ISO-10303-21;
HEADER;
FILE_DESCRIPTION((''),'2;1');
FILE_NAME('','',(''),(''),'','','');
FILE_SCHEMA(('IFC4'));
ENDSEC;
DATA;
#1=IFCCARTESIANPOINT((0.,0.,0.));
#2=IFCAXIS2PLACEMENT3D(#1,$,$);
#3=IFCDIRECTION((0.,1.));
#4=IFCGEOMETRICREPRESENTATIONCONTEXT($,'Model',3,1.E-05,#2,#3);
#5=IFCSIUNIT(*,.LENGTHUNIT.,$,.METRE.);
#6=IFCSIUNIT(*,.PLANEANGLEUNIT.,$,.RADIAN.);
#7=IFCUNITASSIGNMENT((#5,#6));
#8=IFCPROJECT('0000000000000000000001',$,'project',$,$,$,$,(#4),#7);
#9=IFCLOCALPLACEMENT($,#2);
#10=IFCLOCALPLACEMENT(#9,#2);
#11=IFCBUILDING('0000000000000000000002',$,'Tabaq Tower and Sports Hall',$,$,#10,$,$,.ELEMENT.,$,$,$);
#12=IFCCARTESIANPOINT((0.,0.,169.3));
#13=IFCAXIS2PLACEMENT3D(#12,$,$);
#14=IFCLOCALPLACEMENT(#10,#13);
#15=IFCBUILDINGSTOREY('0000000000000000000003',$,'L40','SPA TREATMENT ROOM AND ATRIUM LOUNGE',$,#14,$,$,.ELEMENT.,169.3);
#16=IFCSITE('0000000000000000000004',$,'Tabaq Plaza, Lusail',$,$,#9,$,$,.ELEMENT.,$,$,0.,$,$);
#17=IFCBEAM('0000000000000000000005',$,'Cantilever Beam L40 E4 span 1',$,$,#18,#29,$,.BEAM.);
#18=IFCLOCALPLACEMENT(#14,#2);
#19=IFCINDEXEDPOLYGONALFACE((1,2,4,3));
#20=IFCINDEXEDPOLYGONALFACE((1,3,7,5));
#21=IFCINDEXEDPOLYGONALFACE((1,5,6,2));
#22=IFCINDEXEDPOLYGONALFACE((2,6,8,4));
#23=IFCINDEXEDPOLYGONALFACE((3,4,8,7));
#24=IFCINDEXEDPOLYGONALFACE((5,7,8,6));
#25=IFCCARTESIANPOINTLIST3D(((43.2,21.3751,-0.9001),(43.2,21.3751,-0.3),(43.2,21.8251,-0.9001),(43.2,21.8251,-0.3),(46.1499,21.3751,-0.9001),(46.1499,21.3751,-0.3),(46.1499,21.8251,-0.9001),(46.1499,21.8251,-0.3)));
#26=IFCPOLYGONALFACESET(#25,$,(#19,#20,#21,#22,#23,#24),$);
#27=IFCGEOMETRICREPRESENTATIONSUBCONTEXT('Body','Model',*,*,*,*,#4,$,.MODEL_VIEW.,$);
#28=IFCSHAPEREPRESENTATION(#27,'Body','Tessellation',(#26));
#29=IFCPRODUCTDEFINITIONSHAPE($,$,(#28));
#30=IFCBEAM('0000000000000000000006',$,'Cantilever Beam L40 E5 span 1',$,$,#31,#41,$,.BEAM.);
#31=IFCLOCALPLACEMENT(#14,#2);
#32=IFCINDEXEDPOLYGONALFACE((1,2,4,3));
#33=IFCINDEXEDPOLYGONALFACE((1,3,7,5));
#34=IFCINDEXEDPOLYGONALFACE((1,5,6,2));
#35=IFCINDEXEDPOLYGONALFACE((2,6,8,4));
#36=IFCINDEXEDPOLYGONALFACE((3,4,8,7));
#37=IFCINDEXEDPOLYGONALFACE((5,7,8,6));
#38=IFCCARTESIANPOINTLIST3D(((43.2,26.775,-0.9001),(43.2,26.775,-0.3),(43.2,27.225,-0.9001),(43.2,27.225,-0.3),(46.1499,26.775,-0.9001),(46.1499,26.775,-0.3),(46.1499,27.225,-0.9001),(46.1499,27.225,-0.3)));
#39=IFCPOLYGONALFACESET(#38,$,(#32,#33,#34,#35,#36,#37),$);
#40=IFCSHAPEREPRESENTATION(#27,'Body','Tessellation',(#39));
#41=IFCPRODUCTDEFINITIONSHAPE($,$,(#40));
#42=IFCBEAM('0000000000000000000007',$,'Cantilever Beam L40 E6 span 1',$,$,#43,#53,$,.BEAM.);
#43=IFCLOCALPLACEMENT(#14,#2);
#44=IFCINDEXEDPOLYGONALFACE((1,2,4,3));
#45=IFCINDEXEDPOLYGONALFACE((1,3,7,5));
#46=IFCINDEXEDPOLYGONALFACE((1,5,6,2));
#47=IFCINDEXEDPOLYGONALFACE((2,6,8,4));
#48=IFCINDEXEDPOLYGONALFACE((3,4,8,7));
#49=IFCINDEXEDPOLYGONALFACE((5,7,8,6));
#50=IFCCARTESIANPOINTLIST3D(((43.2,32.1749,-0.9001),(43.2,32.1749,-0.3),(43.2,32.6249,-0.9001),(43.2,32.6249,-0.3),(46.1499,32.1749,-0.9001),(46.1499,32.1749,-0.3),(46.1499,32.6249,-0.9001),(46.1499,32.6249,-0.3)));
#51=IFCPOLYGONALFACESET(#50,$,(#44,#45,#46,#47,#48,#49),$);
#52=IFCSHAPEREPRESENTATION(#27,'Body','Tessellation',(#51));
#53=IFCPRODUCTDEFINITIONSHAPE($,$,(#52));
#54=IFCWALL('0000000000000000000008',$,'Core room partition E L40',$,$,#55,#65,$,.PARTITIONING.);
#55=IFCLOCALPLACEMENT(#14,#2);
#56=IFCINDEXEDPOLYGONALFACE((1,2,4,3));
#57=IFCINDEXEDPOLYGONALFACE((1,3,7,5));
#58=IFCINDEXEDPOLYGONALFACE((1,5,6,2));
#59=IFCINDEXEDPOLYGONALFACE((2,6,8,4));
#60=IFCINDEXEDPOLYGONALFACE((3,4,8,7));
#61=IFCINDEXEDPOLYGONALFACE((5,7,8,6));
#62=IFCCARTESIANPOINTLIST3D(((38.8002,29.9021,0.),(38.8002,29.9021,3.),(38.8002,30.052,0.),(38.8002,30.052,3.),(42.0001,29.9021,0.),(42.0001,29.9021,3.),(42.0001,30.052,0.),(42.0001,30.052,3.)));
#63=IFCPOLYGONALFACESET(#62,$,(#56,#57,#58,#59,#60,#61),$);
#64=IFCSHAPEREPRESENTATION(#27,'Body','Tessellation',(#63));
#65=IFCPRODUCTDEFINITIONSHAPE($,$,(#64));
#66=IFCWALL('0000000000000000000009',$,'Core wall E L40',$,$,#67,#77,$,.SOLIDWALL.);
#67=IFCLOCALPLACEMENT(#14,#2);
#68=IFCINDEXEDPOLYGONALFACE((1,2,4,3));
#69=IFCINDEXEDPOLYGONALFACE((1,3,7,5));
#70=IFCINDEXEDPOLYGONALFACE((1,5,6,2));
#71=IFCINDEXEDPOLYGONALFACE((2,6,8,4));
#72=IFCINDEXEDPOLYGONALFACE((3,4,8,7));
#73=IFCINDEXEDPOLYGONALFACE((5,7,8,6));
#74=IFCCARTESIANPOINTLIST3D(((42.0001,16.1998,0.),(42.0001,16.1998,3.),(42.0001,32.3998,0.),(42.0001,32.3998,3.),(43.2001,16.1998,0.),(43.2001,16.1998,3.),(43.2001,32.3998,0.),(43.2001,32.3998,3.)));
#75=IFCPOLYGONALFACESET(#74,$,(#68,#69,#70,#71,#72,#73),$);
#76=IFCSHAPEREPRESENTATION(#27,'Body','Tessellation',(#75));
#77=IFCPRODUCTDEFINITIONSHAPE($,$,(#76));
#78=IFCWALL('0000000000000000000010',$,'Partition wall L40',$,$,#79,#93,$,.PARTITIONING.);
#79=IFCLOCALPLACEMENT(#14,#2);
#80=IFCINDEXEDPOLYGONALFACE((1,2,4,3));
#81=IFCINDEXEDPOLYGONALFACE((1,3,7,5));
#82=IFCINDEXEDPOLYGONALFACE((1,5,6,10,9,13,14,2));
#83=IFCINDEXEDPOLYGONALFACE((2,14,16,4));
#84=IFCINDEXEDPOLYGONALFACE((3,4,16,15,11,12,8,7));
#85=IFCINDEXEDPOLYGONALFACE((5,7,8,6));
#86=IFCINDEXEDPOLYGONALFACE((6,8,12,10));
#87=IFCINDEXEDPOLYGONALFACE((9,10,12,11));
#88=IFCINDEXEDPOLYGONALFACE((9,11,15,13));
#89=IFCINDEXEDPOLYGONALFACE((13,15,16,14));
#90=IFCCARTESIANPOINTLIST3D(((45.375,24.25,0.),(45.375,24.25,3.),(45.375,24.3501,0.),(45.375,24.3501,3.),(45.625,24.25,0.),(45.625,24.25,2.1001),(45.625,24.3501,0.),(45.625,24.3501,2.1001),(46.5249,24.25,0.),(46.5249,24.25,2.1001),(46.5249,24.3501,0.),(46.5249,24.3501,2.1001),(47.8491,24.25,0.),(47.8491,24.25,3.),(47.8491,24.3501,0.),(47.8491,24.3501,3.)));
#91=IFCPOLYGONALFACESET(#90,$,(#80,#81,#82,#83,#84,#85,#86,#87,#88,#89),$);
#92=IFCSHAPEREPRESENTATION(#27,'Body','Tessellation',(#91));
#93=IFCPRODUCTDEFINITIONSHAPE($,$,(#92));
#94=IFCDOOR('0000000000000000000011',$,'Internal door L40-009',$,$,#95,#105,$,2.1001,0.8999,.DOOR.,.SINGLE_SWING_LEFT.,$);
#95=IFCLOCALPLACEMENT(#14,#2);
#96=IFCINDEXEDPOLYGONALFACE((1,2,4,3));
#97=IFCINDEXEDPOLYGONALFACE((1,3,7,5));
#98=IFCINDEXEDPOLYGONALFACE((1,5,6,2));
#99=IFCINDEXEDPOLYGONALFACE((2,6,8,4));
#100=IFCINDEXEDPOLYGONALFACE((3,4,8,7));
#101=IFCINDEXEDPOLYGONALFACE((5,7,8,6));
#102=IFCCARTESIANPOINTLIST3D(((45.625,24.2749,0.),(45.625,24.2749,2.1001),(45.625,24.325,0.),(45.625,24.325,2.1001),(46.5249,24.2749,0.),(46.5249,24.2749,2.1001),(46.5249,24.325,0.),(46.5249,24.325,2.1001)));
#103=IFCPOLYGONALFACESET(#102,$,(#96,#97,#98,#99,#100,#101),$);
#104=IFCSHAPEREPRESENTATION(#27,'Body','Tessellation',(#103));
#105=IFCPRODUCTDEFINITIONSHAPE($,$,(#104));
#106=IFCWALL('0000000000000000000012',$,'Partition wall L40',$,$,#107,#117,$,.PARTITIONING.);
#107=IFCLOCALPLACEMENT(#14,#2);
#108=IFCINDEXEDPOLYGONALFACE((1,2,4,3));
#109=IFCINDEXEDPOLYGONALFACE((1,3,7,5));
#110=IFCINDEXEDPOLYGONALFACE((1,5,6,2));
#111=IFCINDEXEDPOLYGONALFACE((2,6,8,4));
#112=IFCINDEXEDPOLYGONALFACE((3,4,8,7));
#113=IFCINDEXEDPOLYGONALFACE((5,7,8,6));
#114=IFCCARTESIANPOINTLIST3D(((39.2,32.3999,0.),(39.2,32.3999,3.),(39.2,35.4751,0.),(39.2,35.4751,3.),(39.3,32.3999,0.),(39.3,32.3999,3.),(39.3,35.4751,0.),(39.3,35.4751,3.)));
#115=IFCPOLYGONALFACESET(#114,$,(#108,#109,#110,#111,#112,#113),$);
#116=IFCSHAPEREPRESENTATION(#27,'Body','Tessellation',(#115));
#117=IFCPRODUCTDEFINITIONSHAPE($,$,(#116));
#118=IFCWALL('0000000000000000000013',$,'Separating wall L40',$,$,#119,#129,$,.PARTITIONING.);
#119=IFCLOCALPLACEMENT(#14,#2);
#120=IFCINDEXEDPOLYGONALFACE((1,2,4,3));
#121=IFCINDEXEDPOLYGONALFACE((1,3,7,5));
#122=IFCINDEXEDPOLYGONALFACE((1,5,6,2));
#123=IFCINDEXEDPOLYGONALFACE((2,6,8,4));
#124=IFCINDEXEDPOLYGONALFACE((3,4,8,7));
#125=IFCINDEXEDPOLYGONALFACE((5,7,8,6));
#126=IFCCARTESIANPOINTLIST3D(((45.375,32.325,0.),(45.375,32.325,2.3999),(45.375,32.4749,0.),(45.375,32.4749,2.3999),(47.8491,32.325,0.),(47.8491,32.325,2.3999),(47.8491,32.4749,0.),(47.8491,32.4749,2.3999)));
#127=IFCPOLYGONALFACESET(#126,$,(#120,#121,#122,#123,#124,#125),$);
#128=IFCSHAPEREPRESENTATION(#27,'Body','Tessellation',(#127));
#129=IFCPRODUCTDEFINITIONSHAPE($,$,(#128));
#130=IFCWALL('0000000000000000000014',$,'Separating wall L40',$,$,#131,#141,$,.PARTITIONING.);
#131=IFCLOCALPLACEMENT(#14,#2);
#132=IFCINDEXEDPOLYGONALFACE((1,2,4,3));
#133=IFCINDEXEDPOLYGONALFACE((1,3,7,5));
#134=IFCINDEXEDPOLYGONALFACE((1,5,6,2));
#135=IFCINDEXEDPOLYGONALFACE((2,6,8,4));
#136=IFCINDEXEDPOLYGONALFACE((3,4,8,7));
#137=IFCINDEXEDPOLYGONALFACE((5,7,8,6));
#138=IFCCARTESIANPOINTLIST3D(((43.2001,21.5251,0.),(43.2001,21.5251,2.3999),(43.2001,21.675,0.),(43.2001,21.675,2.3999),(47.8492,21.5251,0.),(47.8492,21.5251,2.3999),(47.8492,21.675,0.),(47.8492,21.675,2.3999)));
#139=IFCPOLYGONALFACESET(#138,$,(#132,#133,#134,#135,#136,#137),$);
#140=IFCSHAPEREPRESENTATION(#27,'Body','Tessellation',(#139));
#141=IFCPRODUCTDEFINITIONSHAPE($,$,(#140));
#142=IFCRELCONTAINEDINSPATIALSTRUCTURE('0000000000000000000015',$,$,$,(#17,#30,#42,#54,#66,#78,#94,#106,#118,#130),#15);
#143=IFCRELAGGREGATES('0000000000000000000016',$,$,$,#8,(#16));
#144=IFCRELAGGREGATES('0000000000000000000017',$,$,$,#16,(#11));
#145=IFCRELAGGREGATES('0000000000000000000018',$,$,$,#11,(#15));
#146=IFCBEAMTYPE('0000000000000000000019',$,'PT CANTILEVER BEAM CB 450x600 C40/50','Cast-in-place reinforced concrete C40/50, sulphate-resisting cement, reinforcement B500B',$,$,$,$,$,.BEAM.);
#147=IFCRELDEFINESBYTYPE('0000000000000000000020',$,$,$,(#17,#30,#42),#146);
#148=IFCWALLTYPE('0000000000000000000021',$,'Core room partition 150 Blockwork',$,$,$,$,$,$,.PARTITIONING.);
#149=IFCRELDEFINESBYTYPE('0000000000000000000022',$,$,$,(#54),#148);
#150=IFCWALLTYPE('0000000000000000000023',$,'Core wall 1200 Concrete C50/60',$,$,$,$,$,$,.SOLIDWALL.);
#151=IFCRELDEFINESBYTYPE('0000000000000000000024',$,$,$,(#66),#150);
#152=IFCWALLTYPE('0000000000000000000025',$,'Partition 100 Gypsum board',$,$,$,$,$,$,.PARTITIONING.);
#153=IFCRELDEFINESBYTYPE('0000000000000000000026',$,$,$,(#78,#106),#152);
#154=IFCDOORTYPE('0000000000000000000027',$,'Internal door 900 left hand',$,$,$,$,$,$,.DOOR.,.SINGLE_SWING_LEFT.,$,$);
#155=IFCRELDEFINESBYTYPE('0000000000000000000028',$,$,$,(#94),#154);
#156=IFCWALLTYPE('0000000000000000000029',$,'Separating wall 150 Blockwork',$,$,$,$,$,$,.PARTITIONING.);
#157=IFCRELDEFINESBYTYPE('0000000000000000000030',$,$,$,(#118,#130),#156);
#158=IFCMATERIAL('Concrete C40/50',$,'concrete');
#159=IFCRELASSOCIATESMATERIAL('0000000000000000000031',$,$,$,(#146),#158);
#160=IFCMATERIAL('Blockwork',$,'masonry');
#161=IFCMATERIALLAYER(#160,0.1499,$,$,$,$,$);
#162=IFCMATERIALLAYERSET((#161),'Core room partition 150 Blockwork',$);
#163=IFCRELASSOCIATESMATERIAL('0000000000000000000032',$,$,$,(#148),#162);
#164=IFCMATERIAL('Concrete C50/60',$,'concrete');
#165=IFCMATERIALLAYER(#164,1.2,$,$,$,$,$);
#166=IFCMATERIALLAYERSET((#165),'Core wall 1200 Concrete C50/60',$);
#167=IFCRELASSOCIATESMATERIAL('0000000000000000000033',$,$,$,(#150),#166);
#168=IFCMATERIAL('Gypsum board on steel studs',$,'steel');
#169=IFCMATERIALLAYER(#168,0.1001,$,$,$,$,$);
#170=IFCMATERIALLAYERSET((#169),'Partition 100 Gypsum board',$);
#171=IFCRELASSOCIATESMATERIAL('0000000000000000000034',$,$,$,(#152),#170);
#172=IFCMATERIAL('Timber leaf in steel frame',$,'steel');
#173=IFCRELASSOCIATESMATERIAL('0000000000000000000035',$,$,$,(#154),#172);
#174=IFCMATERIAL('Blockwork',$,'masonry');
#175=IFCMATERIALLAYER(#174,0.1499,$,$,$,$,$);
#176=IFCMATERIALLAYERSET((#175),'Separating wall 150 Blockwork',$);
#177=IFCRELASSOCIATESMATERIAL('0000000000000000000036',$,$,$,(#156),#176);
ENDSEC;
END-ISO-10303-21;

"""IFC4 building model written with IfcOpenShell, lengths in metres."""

from ifc_helpers import new_model, si_unit, direction, frame, frame_2d, origin, origin_2d, place, context, subcontext, project, spatial, rectangle, extrude, material, layer, layer_set, material_profile, profile_set, type_object, element, fill, save


model = new_model("IFC4")

# Units and contexts
model_context = context("Model", 3, precision=1e-05, world=origin(), true_north=direction((0.0, 1.0)))
body_context = subcontext(model_context, "Body", "Model", "MODEL_VIEW")
ifc_project = project(units=[si_unit("LENGTHUNIT", "METRE"), si_unit("PLANEANGLEUNIT", "RADIAN")], contexts=[model_context])

# Site, building, storey
site_placement = place(None, origin())
site = spatial("IfcSite", under=ifc_project, at=site_placement, Name="Tabaq Plaza, Lusail", CompositionType="ELEMENT", RefElevation=0.0)
building_placement = place(site_placement, origin())
building = spatial("IfcBuilding", under=site, at=building_placement, Name="Tabaq Tower and Sports Hall", CompositionType="ELEMENT")
storey_placement = place(building_placement, frame((0.0, 0.0, 169.3)))
storey = spatial("IfcBuildingStorey", under=building, at=storey_placement, Name="L40", Description="SPA TREATMENT ROOM AND ATRIUM LOUNGE", CompositionType="ELEMENT", Elevation=169.3)

# Beams
ifc_material_1 = material(Name="Concrete C40/50", Category="concrete")
ifc_material_profile = material_profile(ifc_material_1, rectangle(XDim=0.45, YDim=0.6001, at=origin_2d()), Name="CB 450x600")
ifc_profile_set = profile_set([ifc_material_profile], Name="Concrete C40/50")
beam_type = type_object("IfcBeamType", Name="PT CANTILEVER BEAM CB 450x600 C40/50", Description="Cast-in-place reinforced concrete C40/50, sulphate-resisting cement, reinforcement B500B", PredefinedType="BEAM", material=ifc_profile_set)
for number, where, z_axis, x_axis, name in (
    (1, (46.1499, 21.6001, -0.6001), (-1.0, 0.0, 0.0), (0.0, -1.0, 0.0), "Cantilever Beam L40 E4 span 1"),
    (2, (46.1499, 27.0, -0.6001), (-1.0, 0.0, 0.0), (0.0, -1.0, 0.0), "Cantilever Beam L40 E5 span 1"),
    (3, (46.1499, 32.3999, -0.6001), (-1.0, 0.0, 0.0), (0.0, -1.0, 0.0), "Cantilever Beam L40 E6 span 1"),
):
    element("IfcBeam", number, at=place(storey_placement, frame(where, z_axis=z_axis, x_axis=x_axis)), inside=storey, type_object=beam_type, Name=name, PredefinedType="BEAM", context=body_context, shape_type="SweptSolid", body=[
        extrude(rectangle(XDim=0.45, YDim=0.6001, at=origin_2d()), origin(), (0.0, 0.0, 1.0), 2.95),
    ])

# Walls
ifc_material_2 = material(Name="Blockwork", Category="masonry")
ifc_layer_1 = layer(ifc_material_2, 0.1499)
ifc_layer_set_1 = layer_set([ifc_layer_1], Name="Core room partition 150 Blockwork")
wall_type_1 = type_object("IfcWallType", Name="Core room partition 150 Blockwork", PredefinedType="PARTITIONING", material=ifc_layer_set_1)
wall_1_placement = place(storey_placement, frame((38.8, 29.9771, 0.0), z_axis=(0.0, 0.0, 1.0), x_axis=(1.0, 0.0, 0.0)))
element("IfcWall", 4, at=wall_1_placement, inside=storey, type_object=wall_type_1, Name="Core room partition E L40", PredefinedType="PARTITIONING", context=body_context, shape_type="SweptSolid", body=[
    extrude(rectangle(XDim=3.2, YDim=0.1499, at=frame_2d((1.6001, 0.0))), origin(), (0.0, 0.0, 1.0), 3.0),
])
ifc_material_3 = material(Name="Concrete C50/60", Category="concrete")
ifc_layer_2 = layer(ifc_material_3, 1.2)
ifc_layer_set_2 = layer_set([ifc_layer_2], Name="Core wall 1200 Concrete C50/60")
wall_type_2 = type_object("IfcWallType", Name="Core wall 1200 Concrete C50/60", PredefinedType="SOLIDWALL", material=ifc_layer_set_2)
wall_2_placement = place(storey_placement, frame((42.6001, 32.3999, 0.0), z_axis=(0.0, 0.0, 1.0), x_axis=(0.0, -1.0, 0.0)))
element("IfcWall", 5, at=wall_2_placement, inside=storey, type_object=wall_type_2, Name="Core wall E L40", PredefinedType="SOLIDWALL", context=body_context, shape_type="SweptSolid", body=[
    extrude(rectangle(XDim=16.2, YDim=1.2, at=frame_2d((8.1001, 0.0))), origin(), (0.0, 0.0, 1.0), 3.0),
])

# Wall, opening, door
ifc_material_4 = material(Name="Gypsum board on steel studs", Category="steel")
ifc_layer_3 = layer(ifc_material_4, 0.1001)
ifc_layer_set_3 = layer_set([ifc_layer_3], Name="Partition 100 Gypsum board")
wall_type_3 = type_object("IfcWallType", Name="Partition 100 Gypsum board", PredefinedType="PARTITIONING", material=ifc_layer_set_3)
wall_3_placement = place(storey_placement, frame((45.375, 24.3, 0.0), z_axis=(0.0, 0.0, 1.0), x_axis=(1.0, 0.0, 0.0)))
wall_3 = element("IfcWall", 6, at=wall_3_placement, inside=storey, type_object=wall_type_3, Name="Partition wall L40", PredefinedType="PARTITIONING", context=body_context, shape_type="SweptSolid", body=[
    extrude(rectangle(XDim=2.4741, YDim=0.1001, at=frame_2d((1.2371, 0.0))), origin(), (0.0, 0.0, 1.0), 3.0),
])
opening_1_placement = place(wall_3_placement, frame((0.25, 0.0, 0.0)))
opening_1 = element("IfcOpeningElement", 7, at=opening_1_placement, cuts=wall_3, PredefinedType="OPENING", context=body_context, shape_type="SweptSolid", body=[
    extrude(rectangle(XDim=0.8999, YDim=2.1001, at=frame_2d((0.45, 1.05))), frame((0.0, 0.05, 0.0), z_axis=(0.0, -1.0, 0.0), x_axis=(1.0, 0.0, 0.0)), (0.0, 0.0, 1.0), 0.1001),
])
ifc_material_5 = material(Name="Timber leaf in steel frame", Category="steel")
door_type_1 = type_object("IfcDoorType", Name="Internal door 900 left hand", OperationType="SINGLE_SWING_LEFT", PredefinedType="DOOR", material=ifc_material_5)
door_1_placement = place(opening_1_placement, origin())
door_1 = element("IfcDoor", 8, at=door_1_placement, inside=storey, type_object=door_type_1, Name="Internal door L40-009", OperationType="SINGLE_SWING_LEFT", OverallHeight=2.1001, OverallWidth=0.8999, PredefinedType="DOOR", context=body_context, shape_type="SweptSolid", body=[
    extrude(rectangle(XDim=0.8999, YDim=2.1001, at=frame_2d((0.45, 1.05))), frame((0.0, 0.0249, 0.0), z_axis=(0.0, -1.0, 0.0), x_axis=(1.0, 0.0, 0.0)), (0.0, 0.0, 1.0), 0.05),
])
fill(opening_1, door_1)

# Walls
wall_4_placement = place(storey_placement, frame((39.25, 32.3999, 0.0), z_axis=(0.0, 0.0, 1.0), x_axis=(0.0, 1.0, 0.0)))
element("IfcWall", 9, at=wall_4_placement, inside=storey, type_object=wall_type_3, Name="Partition wall L40", PredefinedType="PARTITIONING", context=body_context, shape_type="SweptSolid", body=[
    extrude(rectangle(XDim=3.0752, YDim=0.1001, at=frame_2d((1.5376, 0.0))), origin(), (0.0, 0.0, 1.0), 3.0),
])
ifc_material_6 = material(Name="Blockwork", Category="masonry")
ifc_layer_4 = layer(ifc_material_6, 0.1499)
ifc_layer_set_4 = layer_set([ifc_layer_4], Name="Separating wall 150 Blockwork")
wall_type_4 = type_object("IfcWallType", Name="Separating wall 150 Blockwork", PredefinedType="PARTITIONING", material=ifc_layer_set_4)
wall_5_placement = place(storey_placement, frame((45.375, 32.3999, 0.0), z_axis=(0.0, 0.0, 1.0), x_axis=(1.0, 0.0, 0.0)))
element("IfcWall", 10, at=wall_5_placement, inside=storey, type_object=wall_type_4, Name="Separating wall L40", PredefinedType="PARTITIONING", context=body_context, shape_type="SweptSolid", body=[
    extrude(rectangle(XDim=2.4741, YDim=0.1499, at=frame_2d((1.2371, 0.0))), origin(), (0.0, 0.0, 1.0), 2.3999),
])
wall_6_placement = place(storey_placement, frame((43.2, 21.6001, 0.0), z_axis=(0.0, 0.0, 1.0), x_axis=(1.0, 0.0, 0.0)))
element("IfcWall", 11, at=wall_6_placement, inside=storey, type_object=wall_type_4, Name="Separating wall L40", PredefinedType="PARTITIONING", context=body_context, shape_type="SweptSolid", body=[
    extrude(rectangle(XDim=4.6492, YDim=0.1499, at=frame_2d((2.3247, 0.0))), origin(), (0.0, 0.0, 1.0), 2.3999),
])

save(model, "model.ifc")
